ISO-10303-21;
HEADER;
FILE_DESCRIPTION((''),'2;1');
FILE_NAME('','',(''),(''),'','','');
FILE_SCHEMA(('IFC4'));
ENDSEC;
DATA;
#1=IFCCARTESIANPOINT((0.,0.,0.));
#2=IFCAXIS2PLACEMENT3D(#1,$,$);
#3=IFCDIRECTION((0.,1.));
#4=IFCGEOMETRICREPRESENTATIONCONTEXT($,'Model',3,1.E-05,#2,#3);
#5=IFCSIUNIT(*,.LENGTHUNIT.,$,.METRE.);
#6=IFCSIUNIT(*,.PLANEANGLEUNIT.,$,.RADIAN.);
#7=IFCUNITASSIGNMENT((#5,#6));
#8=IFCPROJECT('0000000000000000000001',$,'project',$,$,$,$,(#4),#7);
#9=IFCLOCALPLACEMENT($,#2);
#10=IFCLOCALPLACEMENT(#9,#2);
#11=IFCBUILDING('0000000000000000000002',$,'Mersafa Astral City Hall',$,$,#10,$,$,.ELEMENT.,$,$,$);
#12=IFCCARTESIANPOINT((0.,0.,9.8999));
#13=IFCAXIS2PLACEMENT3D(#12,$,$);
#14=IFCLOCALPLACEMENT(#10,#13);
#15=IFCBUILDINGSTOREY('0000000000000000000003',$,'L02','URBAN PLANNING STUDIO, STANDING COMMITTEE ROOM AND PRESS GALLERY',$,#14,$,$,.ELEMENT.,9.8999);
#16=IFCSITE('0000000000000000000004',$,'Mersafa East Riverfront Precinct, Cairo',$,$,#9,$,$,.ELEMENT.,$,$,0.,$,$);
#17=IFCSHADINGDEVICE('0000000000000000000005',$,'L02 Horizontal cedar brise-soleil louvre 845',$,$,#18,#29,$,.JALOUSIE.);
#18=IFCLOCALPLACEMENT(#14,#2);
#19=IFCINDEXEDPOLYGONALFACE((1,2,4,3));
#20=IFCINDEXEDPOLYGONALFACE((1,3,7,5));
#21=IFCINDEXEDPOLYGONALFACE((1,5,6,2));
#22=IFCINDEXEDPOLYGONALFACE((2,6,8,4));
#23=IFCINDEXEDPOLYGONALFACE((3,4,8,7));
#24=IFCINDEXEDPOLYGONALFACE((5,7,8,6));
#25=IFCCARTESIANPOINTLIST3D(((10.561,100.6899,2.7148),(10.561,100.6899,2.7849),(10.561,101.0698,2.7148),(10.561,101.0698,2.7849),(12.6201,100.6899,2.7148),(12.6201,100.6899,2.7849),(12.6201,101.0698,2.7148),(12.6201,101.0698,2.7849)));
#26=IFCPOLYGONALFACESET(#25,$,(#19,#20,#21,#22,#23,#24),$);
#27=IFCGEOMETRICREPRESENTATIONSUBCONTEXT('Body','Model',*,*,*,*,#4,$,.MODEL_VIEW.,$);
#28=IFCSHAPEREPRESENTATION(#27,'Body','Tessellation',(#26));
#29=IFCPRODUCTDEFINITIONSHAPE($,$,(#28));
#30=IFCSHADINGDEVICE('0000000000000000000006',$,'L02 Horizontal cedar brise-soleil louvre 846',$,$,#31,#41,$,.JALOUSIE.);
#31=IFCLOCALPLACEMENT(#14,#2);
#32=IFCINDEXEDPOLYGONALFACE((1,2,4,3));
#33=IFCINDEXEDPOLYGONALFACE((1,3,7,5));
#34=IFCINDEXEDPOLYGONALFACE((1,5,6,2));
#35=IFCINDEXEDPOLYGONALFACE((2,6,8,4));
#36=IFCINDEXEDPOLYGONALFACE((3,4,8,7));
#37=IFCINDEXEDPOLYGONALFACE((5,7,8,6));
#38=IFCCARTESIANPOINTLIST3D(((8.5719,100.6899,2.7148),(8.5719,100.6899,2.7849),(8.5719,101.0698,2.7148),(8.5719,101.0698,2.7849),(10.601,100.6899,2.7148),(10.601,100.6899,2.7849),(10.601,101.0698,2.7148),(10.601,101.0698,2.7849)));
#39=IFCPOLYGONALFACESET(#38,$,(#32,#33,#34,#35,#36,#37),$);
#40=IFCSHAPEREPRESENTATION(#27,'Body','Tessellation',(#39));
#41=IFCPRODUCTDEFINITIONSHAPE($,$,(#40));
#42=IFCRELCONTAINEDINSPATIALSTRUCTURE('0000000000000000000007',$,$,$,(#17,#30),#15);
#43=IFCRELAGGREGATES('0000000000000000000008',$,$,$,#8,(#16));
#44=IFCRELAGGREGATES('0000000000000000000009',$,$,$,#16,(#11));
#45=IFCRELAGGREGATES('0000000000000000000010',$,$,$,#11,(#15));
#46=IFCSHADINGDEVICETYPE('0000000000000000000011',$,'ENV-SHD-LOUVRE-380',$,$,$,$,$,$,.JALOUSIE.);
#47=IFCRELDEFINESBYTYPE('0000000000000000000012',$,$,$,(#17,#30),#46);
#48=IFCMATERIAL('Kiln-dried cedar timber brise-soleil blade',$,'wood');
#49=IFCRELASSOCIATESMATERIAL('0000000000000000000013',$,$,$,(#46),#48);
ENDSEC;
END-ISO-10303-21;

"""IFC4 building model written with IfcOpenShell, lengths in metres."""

from ifc_helpers import new_model, si_unit, direction, frame, origin, origin_2d, place, context, subcontext, project, spatial, rectangle, extrude, material, type_object, element, save


model = new_model("IFC4")

# Units and contexts
model_context = context("Model", 3, precision=1e-05, world=origin(), true_north=direction((0.0, 1.0)))
body_context = subcontext(model_context, "Body", "Model", "MODEL_VIEW")
ifc_project = project(units=[si_unit("LENGTHUNIT", "METRE"), si_unit("PLANEANGLEUNIT", "RADIAN")], contexts=[model_context])

# Site, building, storey
site_placement = place(None, origin())
site = spatial("IfcSite", under=ifc_project, at=site_placement, Name="Mersafa East Riverfront Precinct, Cairo", CompositionType="ELEMENT", RefElevation=0.0)
building_placement = place(site_placement, origin())
building = spatial("IfcBuilding", under=site, at=building_placement, Name="Mersafa Astral City Hall", CompositionType="ELEMENT")
storey_placement = place(building_placement, frame((0.0, 0.0, 9.8999)))
storey = spatial("IfcBuildingStorey", under=building, at=storey_placement, Name="L02", Description="URBAN PLANNING STUDIO, STANDING COMMITTEE ROOM AND PRESS GALLERY", CompositionType="ELEMENT", Elevation=9.8999)

# Shading devices
ifc_material_1 = material(Name="Kiln-dried cedar timber brise-soleil blade", Category="wood")
shading_device_type_1 = type_object("IfcShadingDeviceType", Name="ENV-SHD-LOUVRE-380", PredefinedType="JALOUSIE", material=ifc_material_1)
for number, where, z_axis, x_axis, name in (
    (1, (11.5906, 100.8799, 2.7148), (0.0, 0.0, 1.0), (-1.0, 0.0, 0.0), "L02 Horizontal cedar brise-soleil louvre 845"),
):
    element("IfcShadingDevice", number, at=place(storey_placement, frame(where, z_axis=z_axis, x_axis=x_axis)), inside=storey, type_object=shading_device_type_1, Name=name, PredefinedType="JALOUSIE", context=body_context, shape_type="SweptSolid", body=[
        extrude(rectangle(XDim=2.0591, YDim=0.3799, at=origin_2d()), origin(), (0.0, 0.0, 1.0), 0.0701),
    ])
shading_device_1_placement = place(storey_placement, frame((9.5864, 100.8799, 2.7148), z_axis=(0.0, 0.0, 1.0), x_axis=(-1.0, 0.0, 0.0)))
element("IfcShadingDevice", 2, at=shading_device_1_placement, inside=storey, type_object=shading_device_type_1, Name="L02 Horizontal cedar brise-soleil louvre 846", PredefinedType="JALOUSIE", context=body_context, shape_type="SweptSolid", body=[
    extrude(rectangle(XDim=2.0291, YDim=0.3799, at=origin_2d()), origin(), (0.0, 0.0, 1.0), 0.0701),
])

save(model, "model.ifc")
